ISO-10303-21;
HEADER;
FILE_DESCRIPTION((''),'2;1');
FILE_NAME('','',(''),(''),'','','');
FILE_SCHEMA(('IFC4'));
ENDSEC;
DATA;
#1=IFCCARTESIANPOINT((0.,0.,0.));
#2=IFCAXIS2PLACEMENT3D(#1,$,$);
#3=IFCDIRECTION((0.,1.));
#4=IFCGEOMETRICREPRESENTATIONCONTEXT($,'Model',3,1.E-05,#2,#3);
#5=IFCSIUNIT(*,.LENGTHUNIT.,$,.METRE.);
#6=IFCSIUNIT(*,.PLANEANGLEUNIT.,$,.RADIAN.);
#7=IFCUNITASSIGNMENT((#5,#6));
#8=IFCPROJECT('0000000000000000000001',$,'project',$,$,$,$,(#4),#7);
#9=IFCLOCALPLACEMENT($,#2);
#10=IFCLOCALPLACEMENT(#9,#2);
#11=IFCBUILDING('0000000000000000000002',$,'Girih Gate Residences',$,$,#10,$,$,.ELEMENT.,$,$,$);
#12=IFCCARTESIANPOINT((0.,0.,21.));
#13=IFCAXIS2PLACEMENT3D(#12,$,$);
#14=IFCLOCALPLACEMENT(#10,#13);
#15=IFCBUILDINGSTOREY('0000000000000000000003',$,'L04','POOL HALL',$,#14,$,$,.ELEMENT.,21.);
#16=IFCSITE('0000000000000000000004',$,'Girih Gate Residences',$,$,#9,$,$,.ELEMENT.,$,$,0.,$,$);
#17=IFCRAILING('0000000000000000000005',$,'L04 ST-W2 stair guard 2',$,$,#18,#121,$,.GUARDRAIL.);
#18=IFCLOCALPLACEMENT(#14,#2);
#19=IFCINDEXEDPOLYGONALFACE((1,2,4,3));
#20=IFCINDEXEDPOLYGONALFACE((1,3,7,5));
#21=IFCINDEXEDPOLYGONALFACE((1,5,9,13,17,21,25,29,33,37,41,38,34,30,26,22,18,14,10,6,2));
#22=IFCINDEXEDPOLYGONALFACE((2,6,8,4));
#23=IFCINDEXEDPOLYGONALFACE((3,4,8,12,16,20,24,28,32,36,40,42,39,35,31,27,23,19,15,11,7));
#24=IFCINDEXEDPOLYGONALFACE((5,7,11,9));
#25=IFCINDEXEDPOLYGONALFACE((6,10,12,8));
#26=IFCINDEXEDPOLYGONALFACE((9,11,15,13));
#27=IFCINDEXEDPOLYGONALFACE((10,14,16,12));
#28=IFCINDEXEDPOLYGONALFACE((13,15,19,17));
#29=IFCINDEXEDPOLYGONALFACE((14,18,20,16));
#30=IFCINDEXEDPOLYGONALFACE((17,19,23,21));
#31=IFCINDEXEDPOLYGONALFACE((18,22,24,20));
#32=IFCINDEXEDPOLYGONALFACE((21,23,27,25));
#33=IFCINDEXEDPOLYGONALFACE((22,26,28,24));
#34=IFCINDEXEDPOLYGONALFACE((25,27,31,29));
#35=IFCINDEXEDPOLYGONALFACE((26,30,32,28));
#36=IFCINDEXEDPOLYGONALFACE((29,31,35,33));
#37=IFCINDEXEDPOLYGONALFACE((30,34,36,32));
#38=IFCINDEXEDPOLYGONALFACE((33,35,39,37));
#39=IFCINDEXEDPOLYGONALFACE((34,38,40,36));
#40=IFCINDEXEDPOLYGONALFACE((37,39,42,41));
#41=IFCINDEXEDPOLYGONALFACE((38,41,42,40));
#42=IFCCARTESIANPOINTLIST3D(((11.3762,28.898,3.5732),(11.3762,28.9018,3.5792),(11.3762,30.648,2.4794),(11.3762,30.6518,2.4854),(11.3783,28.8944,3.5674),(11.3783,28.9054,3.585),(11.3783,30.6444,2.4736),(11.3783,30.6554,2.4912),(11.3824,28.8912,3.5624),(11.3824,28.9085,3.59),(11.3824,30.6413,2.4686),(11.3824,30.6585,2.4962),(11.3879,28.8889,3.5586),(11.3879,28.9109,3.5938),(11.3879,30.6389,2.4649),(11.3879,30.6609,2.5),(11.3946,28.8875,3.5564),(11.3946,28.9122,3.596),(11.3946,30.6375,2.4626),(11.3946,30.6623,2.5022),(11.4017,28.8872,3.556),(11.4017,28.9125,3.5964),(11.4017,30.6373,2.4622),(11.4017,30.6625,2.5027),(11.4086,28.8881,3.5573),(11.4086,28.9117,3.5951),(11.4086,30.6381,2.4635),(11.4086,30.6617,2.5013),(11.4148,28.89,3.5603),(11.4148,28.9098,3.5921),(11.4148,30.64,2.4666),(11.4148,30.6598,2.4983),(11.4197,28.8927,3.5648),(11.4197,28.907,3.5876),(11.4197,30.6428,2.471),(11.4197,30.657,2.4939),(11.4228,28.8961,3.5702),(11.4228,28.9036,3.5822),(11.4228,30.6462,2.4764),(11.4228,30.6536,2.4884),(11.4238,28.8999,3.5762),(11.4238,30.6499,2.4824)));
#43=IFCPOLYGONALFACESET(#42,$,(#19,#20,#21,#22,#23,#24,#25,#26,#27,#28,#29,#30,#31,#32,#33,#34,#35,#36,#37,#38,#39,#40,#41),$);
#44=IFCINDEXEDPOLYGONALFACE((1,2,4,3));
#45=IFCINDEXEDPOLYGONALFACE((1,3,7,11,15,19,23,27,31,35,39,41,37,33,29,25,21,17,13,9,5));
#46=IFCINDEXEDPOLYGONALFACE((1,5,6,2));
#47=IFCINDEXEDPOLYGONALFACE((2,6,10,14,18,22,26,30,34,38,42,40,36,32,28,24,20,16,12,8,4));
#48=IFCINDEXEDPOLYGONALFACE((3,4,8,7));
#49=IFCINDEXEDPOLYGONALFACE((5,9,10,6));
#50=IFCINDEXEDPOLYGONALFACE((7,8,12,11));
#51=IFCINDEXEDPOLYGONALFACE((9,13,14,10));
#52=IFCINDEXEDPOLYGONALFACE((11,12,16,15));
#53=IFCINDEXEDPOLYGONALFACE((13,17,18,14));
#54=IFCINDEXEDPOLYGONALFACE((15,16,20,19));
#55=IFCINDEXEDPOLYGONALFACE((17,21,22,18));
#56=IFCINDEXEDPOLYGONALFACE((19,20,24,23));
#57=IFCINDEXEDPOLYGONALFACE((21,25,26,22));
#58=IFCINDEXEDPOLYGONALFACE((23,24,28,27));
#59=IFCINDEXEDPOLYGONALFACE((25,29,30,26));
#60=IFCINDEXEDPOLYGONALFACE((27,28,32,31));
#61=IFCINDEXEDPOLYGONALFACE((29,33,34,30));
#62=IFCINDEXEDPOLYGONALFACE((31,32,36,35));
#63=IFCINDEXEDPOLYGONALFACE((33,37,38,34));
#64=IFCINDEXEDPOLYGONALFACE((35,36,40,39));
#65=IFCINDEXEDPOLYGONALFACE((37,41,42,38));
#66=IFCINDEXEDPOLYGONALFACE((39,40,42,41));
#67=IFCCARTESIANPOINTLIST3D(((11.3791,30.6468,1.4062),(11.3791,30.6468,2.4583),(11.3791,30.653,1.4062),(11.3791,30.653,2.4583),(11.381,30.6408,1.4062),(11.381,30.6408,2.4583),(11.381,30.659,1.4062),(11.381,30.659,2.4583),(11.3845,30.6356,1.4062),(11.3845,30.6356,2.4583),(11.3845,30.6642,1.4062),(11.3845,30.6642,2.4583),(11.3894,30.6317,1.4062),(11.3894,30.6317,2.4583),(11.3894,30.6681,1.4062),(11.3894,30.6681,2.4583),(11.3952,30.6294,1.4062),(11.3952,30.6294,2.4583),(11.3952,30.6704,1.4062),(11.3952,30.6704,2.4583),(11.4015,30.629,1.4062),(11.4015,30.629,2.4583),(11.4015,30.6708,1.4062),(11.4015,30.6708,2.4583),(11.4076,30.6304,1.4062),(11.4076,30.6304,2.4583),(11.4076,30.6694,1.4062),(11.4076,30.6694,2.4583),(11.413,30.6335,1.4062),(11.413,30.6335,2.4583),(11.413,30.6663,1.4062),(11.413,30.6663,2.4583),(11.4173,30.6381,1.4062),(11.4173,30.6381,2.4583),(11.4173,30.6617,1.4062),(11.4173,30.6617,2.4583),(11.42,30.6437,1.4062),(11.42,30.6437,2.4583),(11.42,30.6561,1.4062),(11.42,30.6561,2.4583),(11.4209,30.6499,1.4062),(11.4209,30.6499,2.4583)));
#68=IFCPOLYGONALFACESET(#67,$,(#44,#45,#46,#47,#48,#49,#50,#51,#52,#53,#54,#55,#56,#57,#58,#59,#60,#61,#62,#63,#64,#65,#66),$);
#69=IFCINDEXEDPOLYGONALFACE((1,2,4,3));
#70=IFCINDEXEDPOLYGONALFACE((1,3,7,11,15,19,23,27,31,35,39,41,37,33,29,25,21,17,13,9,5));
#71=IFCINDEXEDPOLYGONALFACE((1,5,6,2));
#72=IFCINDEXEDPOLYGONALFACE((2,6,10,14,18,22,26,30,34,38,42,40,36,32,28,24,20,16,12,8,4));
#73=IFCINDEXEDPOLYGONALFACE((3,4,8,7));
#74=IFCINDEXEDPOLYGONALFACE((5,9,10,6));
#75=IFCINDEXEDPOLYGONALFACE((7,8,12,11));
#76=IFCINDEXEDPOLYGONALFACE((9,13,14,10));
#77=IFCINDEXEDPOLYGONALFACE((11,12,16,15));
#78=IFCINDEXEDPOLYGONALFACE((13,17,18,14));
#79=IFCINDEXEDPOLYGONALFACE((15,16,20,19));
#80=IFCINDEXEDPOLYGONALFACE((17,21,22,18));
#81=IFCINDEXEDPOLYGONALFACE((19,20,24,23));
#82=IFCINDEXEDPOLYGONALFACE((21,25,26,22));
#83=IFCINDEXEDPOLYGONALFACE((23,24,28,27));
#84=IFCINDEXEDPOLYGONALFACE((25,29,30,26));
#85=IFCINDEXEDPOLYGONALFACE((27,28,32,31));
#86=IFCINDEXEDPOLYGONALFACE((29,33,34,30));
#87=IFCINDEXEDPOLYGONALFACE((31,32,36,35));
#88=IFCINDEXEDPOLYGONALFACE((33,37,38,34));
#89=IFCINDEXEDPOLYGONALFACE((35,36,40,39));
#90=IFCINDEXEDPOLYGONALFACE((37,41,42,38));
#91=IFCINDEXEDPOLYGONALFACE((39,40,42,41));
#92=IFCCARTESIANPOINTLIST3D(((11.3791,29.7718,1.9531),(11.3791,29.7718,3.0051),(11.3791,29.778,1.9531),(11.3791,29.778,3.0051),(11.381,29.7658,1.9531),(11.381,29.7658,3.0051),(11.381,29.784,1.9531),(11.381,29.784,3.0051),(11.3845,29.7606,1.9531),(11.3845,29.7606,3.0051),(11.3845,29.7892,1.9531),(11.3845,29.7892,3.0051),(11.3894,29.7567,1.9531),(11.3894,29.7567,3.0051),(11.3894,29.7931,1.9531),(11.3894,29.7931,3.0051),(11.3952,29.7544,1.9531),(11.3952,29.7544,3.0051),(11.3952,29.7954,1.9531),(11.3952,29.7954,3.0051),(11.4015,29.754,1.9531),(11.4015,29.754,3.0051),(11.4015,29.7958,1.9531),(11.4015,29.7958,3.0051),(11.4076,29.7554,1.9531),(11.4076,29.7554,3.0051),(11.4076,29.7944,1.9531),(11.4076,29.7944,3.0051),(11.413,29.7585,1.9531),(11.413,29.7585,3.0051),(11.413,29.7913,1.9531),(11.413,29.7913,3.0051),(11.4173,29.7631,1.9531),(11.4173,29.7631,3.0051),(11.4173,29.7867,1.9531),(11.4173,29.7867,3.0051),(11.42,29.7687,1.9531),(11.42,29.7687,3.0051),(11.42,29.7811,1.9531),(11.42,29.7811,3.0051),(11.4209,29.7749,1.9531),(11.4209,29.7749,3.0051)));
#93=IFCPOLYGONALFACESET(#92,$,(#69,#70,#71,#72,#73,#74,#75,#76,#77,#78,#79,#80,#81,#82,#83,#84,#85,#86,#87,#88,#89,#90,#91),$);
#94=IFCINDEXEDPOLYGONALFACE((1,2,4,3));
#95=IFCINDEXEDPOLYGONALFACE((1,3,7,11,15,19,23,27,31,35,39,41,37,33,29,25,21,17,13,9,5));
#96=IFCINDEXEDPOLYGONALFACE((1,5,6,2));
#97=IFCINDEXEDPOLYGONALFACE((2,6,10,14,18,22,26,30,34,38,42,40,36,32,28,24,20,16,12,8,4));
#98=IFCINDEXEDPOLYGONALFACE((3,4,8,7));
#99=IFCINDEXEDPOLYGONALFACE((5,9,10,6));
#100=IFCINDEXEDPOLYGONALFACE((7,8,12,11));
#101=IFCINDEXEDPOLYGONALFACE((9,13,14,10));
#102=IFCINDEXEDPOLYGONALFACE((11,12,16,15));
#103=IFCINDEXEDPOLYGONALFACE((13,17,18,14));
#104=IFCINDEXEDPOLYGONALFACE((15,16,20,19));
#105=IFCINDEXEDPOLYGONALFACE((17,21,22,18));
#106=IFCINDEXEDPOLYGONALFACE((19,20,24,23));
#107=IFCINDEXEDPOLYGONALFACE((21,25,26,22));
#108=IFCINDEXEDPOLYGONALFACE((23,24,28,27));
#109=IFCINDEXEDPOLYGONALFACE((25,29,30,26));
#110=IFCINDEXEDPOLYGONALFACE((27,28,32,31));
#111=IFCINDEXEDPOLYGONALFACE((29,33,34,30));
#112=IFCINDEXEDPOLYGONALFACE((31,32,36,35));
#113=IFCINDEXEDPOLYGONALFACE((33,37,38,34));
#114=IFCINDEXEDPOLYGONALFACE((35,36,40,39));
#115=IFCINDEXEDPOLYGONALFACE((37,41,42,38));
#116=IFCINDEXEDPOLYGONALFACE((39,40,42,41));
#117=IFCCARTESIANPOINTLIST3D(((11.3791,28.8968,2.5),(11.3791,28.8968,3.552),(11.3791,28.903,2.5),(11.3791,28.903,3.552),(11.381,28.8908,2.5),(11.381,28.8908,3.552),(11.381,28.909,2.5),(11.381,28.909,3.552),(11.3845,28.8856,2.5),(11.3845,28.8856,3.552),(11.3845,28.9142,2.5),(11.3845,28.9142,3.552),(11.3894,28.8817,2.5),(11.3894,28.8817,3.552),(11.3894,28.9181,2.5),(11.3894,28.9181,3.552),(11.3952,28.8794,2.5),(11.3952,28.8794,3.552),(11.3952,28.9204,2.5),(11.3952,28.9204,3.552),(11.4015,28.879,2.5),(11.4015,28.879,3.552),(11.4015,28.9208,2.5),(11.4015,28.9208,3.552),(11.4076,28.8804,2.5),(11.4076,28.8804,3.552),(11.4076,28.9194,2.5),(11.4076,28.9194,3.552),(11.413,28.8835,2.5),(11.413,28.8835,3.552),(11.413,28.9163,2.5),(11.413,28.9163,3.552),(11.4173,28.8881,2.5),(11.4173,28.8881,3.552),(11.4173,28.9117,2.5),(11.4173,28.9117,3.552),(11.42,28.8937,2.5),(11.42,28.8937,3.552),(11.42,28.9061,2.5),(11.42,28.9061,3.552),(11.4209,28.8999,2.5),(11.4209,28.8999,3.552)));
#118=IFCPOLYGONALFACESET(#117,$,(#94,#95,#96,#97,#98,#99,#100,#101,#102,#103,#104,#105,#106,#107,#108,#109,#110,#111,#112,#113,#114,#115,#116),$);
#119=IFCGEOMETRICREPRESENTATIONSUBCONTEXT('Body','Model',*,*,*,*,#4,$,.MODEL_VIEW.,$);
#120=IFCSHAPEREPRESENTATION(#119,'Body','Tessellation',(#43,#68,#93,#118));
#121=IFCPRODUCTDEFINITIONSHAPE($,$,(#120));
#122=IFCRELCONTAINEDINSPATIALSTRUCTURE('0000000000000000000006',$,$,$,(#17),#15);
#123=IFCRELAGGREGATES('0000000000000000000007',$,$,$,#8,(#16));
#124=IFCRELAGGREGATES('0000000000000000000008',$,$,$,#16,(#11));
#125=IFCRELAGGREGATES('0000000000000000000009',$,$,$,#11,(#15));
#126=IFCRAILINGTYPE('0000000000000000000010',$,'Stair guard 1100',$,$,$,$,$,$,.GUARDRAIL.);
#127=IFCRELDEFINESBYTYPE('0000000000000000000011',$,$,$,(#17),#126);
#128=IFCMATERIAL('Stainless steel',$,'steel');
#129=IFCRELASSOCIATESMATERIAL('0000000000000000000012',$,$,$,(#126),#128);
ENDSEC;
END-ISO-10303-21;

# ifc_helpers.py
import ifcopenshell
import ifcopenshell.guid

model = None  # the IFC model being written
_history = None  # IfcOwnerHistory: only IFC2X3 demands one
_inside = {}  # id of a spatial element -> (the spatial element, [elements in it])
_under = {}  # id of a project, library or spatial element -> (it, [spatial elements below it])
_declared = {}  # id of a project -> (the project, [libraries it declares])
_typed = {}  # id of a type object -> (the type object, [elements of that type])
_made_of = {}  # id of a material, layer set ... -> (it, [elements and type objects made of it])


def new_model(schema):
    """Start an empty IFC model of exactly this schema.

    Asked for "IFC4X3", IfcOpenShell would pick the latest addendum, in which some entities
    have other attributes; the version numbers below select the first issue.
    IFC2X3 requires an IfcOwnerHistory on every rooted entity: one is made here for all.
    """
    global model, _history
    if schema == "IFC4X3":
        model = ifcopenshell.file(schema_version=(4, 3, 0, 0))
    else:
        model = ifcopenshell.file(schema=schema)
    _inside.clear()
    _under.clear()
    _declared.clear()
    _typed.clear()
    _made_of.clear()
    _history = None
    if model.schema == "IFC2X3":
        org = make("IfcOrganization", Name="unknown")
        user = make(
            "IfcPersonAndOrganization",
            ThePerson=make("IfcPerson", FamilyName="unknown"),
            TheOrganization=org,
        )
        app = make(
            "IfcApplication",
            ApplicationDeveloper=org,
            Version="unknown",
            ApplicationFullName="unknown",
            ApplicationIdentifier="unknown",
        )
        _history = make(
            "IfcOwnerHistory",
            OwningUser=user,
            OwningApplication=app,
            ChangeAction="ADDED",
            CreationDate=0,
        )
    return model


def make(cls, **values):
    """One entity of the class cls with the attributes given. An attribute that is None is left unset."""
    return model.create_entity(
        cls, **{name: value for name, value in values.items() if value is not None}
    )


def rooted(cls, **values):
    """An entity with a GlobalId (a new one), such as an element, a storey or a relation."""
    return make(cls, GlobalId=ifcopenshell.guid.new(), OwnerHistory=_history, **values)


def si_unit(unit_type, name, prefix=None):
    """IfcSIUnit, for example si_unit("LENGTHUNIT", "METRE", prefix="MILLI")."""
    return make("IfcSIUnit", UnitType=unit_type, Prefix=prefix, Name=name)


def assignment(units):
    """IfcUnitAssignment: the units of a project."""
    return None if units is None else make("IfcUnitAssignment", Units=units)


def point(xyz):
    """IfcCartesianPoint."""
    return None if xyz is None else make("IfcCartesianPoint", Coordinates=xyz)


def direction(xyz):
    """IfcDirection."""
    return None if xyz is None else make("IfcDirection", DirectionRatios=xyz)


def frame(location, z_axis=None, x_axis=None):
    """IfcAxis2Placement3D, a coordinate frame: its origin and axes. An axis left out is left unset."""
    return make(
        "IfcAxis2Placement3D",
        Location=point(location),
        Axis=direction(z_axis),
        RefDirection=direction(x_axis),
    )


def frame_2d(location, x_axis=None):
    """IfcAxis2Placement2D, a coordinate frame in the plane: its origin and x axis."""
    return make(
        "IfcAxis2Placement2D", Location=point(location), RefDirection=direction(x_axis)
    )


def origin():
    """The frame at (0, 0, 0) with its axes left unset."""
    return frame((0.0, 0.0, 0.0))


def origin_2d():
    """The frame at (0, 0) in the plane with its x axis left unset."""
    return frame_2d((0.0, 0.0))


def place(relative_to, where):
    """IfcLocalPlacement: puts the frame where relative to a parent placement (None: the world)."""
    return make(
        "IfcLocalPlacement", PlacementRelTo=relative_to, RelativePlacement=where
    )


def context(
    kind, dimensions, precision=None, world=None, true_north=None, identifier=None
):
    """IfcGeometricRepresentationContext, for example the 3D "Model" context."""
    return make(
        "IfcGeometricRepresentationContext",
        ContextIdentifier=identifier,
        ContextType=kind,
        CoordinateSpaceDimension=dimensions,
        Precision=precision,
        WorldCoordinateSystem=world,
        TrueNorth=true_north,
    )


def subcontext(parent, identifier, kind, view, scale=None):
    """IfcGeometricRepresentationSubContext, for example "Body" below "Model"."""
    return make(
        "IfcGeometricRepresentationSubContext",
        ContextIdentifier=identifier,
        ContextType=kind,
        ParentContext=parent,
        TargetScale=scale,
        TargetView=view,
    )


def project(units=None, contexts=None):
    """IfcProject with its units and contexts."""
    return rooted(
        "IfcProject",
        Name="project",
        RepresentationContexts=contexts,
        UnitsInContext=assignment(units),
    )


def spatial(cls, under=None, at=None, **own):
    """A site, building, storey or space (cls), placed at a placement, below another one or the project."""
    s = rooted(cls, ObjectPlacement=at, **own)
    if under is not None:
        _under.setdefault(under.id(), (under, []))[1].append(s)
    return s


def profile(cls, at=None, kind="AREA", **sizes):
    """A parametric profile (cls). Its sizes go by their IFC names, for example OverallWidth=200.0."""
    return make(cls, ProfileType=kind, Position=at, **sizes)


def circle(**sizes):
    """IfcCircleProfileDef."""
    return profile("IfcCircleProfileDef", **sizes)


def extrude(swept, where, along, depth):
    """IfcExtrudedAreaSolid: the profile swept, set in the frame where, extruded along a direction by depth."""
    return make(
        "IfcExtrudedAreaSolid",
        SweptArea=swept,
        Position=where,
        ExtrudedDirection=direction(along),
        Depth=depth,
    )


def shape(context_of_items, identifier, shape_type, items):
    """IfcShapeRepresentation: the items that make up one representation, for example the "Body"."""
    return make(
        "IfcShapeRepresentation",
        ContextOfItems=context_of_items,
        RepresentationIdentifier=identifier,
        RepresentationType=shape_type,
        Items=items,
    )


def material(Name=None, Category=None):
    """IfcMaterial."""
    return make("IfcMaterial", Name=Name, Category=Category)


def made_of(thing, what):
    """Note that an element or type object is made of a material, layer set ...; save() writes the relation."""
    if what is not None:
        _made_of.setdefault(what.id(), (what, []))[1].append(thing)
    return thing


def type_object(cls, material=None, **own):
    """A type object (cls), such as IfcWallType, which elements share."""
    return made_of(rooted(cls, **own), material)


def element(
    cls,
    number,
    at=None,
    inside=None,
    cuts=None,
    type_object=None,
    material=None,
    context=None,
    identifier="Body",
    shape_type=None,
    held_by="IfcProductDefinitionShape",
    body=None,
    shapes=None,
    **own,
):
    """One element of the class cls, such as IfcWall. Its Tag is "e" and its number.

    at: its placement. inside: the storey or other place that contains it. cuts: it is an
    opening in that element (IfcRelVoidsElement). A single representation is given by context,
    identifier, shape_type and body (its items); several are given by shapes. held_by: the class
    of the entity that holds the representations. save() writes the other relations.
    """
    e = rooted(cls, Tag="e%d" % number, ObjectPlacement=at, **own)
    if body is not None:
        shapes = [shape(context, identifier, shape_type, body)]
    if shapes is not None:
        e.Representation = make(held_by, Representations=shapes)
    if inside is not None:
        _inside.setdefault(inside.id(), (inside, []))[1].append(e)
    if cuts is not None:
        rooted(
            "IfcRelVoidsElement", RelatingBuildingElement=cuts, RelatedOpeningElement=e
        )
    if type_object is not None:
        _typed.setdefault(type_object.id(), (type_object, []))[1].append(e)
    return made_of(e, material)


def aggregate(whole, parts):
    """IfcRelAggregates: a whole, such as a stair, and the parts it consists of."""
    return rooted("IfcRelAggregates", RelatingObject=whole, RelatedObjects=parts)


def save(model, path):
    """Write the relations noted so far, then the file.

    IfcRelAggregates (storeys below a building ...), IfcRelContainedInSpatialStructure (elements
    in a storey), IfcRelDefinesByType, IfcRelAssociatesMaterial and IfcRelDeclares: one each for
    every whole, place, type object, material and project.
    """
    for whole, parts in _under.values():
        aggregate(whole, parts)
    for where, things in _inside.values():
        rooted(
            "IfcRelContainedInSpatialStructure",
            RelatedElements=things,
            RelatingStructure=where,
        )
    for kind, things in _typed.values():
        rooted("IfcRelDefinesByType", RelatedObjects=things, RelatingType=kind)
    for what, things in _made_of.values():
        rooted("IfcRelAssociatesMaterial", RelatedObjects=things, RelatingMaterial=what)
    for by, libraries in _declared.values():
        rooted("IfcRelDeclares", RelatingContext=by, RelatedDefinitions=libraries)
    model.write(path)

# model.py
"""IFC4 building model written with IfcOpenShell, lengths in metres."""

from ifc_helpers import new_model, si_unit, direction, frame, origin, origin_2d, place, context, subcontext, project, spatial, circle, extrude, material, type_object, element, save


model = new_model("IFC4")

# Units and contexts
model_context = context("Model", 3, precision=1e-05, world=origin(), true_north=direction((0.0, 1.0)))
body_context = subcontext(model_context, "Body", "Model", "MODEL_VIEW")
ifc_project = project(units=[si_unit("LENGTHUNIT", "METRE"), si_unit("PLANEANGLEUNIT", "RADIAN")], contexts=[model_context])

# Site, building, storey
site_placement = place(None, origin())
site = spatial("IfcSite", under=ifc_project, at=site_placement, Name="Girih Gate Residences", CompositionType="ELEMENT", RefElevation=0.0)
building_placement = place(site_placement, origin())
building = spatial("IfcBuilding", under=site, at=building_placement, Name="Girih Gate Residences", CompositionType="ELEMENT")
storey_placement = place(building_placement, frame((0.0, 0.0, 21.0)))
storey = spatial("IfcBuildingStorey", under=building, at=storey_placement, Name="L04", Description="POOL HALL", CompositionType="ELEMENT", Elevation=21.0)

# Railing
ifc_material_1 = material(Name="Stainless steel", Category="steel")
railing_type_1 = type_object("IfcRailingType", Name="Stair guard 1100", PredefinedType="GUARDRAIL", material=ifc_material_1)
railing_1_placement = place(storey_placement, frame((11.3999, 30.6499, 1.4062)))
element("IfcRailing", 1, at=railing_1_placement, inside=storey, type_object=railing_type_1, Name="L04 ST-W2 stair guard 2", PredefinedType="GUARDRAIL", context=body_context, shape_type="SweptSolid", body=[
    extrude(circle(Radius=0.0239, at=origin_2d()), frame((0.0, 0.0, 1.0762), z_axis=(0.0, -0.847998, 0.529999), x_axis=(1.0, 0.0, 0.0)), (0.0, 0.0, 1.0), 2.0637),
    extrude(circle(Radius=0.021, at=origin_2d()), origin(), (0.0, 0.0, 1.0), 1.052),
    extrude(circle(Radius=0.021, at=origin_2d()), frame((0.0, -0.875, 0.5469)), (0.0, 0.0, 1.0), 1.052),
    extrude(circle(Radius=0.021, at=origin_2d()), frame((0.0, -1.75, 1.0938)), (0.0, 0.0, 1.0), 1.052),
])

save(model, "model.ifc")
